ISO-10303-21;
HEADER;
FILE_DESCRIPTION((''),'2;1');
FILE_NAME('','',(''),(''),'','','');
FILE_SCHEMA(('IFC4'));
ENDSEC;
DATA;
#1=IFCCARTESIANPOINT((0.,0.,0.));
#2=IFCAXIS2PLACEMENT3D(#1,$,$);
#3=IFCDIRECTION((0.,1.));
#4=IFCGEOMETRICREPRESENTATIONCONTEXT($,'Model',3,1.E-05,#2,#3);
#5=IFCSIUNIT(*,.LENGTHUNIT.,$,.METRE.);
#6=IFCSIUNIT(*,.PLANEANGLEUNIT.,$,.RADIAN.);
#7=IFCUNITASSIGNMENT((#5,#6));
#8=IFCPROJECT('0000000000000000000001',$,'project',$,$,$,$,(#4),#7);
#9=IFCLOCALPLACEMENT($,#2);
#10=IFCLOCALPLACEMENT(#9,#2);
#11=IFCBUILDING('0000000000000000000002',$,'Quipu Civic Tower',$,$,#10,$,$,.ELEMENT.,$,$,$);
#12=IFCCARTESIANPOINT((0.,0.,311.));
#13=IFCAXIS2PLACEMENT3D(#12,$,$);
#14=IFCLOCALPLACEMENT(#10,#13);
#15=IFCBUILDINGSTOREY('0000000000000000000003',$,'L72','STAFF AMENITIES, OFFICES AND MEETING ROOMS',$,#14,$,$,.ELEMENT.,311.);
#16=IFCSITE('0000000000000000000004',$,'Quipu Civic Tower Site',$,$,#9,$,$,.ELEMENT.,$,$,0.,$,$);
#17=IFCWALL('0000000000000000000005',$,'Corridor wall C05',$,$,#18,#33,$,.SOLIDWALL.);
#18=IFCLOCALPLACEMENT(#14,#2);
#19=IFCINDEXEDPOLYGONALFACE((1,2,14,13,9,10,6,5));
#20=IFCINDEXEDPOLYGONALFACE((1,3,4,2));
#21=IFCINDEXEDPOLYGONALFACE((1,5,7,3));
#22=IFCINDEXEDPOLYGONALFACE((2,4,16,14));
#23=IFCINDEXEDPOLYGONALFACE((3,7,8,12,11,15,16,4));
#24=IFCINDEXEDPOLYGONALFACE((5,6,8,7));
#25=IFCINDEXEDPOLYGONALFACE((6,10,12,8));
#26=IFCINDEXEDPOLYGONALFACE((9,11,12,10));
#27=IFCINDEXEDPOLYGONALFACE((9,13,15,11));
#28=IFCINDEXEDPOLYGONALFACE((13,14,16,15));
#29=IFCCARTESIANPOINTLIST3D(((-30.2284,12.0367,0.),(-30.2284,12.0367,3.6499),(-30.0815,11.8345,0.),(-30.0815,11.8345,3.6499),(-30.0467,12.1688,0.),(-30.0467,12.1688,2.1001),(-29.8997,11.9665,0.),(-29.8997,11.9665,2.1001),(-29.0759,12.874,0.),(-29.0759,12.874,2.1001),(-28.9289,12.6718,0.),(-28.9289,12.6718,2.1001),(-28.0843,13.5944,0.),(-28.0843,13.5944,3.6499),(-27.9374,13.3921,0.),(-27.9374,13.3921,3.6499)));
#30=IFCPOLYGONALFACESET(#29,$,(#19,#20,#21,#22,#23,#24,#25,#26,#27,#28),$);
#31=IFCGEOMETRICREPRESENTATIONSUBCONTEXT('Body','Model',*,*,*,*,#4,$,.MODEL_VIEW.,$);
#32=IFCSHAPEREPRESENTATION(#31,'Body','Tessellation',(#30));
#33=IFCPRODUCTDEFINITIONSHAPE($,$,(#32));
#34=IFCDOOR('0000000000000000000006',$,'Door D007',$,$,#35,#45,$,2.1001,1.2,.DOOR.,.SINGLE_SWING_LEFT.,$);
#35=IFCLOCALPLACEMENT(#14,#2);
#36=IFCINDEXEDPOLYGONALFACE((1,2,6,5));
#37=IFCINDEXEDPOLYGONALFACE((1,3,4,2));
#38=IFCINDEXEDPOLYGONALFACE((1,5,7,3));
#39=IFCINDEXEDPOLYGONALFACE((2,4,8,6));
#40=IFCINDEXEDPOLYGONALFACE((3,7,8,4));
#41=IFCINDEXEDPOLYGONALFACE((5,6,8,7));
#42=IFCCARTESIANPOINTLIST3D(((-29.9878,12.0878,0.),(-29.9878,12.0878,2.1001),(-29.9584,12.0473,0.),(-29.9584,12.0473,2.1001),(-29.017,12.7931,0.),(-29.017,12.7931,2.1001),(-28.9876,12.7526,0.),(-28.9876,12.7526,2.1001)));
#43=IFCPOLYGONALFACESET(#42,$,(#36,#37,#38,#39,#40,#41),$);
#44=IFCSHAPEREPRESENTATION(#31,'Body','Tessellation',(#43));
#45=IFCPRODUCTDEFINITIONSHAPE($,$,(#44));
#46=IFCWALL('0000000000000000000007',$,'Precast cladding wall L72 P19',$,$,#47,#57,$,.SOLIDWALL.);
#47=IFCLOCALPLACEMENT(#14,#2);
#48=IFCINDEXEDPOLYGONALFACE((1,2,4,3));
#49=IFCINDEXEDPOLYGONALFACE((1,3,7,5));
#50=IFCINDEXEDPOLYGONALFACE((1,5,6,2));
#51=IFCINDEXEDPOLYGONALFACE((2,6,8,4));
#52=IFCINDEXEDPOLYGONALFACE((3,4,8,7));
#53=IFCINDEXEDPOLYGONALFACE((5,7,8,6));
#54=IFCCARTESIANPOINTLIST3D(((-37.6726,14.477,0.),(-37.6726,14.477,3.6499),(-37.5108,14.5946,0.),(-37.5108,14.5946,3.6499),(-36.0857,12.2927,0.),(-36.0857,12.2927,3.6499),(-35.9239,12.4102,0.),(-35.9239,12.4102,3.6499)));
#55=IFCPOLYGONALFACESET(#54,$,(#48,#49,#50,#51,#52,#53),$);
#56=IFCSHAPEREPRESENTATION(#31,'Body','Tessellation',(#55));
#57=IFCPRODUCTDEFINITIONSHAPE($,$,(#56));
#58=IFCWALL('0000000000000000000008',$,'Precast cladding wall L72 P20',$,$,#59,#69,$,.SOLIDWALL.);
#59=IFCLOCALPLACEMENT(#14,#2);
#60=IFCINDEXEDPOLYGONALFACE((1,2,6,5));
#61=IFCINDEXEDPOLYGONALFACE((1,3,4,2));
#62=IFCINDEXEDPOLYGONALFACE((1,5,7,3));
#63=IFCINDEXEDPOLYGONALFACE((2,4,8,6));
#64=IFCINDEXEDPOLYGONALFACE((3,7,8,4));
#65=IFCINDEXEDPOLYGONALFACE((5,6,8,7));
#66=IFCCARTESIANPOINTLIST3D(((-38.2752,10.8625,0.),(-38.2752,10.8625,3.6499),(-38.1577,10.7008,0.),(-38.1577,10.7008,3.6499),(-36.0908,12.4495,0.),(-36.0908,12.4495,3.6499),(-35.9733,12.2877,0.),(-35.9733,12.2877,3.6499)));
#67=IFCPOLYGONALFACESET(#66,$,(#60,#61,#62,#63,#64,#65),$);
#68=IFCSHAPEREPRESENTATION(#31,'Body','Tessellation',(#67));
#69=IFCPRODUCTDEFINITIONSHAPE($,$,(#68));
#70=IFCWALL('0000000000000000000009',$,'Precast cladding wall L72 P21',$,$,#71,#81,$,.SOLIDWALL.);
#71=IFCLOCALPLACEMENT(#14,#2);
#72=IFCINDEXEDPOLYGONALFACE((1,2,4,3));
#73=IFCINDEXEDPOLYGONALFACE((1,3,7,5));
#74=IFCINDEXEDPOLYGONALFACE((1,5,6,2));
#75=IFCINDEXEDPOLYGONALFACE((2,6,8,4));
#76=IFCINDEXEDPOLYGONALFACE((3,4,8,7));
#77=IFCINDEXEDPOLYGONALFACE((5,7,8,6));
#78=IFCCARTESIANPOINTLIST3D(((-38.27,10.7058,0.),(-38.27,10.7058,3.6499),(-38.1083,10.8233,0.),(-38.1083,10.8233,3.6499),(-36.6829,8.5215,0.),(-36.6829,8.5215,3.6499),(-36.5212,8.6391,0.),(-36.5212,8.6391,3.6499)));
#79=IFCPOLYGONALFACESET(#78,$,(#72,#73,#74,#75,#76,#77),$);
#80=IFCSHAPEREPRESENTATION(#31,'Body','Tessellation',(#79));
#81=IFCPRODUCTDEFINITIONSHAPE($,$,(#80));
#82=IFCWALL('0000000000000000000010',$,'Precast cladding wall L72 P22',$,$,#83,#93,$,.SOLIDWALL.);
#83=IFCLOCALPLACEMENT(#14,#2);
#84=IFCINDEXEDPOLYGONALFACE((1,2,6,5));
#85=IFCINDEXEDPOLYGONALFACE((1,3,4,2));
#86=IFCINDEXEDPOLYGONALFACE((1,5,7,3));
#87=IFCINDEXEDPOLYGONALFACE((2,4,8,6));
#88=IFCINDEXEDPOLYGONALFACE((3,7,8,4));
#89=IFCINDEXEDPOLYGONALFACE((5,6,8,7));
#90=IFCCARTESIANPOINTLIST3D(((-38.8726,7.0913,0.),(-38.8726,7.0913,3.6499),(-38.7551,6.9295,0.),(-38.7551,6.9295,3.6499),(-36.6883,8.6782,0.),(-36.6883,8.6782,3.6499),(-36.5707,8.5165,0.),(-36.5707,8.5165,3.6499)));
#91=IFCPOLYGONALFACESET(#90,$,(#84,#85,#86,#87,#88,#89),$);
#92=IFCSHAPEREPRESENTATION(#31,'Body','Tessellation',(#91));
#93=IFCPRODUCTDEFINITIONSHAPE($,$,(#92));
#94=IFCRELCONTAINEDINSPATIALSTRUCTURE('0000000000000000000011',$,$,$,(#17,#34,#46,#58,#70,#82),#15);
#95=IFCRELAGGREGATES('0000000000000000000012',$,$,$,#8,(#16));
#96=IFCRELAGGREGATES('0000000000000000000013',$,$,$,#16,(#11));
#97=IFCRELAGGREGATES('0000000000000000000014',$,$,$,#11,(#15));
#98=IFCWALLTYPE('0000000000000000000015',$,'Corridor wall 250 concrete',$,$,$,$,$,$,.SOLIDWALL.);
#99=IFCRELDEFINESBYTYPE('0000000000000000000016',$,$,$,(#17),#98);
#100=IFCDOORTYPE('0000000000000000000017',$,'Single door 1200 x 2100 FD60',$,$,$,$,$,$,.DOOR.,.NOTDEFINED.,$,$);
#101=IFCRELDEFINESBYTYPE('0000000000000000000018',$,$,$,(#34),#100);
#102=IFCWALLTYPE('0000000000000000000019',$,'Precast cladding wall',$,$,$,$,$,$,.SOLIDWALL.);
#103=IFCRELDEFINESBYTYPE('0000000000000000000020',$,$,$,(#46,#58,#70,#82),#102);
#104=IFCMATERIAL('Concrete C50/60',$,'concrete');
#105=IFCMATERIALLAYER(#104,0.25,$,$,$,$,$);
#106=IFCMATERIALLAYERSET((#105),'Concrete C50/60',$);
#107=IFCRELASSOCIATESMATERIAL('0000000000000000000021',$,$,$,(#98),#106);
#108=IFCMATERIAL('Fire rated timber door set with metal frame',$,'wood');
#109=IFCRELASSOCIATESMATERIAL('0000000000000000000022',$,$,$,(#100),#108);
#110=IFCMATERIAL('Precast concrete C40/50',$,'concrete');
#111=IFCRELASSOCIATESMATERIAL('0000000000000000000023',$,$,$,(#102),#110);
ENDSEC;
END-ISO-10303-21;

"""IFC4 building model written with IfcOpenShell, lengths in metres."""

from ifc_helpers import new_model, si_unit, direction, frame, frame_2d, origin, place, context, subcontext, project, spatial, rectangle, extrude, material, layer, layer_set, type_object, element, fill, save


model = new_model("IFC4")

# Units and contexts
model_context = context("Model", 3, precision=1e-05, world=origin(), true_north=direction((0.0, 1.0)))
body_context = subcontext(model_context, "Body", "Model", "MODEL_VIEW")
ifc_project = project(units=[si_unit("LENGTHUNIT", "METRE"), si_unit("PLANEANGLEUNIT", "RADIAN")], contexts=[model_context])

# Site, building, storey
site_placement = place(None, origin())
site = spatial("IfcSite", under=ifc_project, at=site_placement, Name="Quipu Civic Tower Site", CompositionType="ELEMENT", RefElevation=0.0)
building_placement = place(site_placement, origin())
building = spatial("IfcBuilding", under=site, at=building_placement, Name="Quipu Civic Tower", CompositionType="ELEMENT")
storey_placement = place(building_placement, frame((0.0, 0.0, 311.0)))
storey = spatial("IfcBuildingStorey", under=building, at=storey_placement, Name="L72", Description="STAFF AMENITIES, OFFICES AND MEETING ROOMS", CompositionType="ELEMENT", Elevation=311.0)

# Wall, opening, door
ifc_material_1 = material(Name="Concrete C50/60", Category="concrete")
ifc_layer_1 = layer(ifc_material_1, 0.25)
ifc_layer_set_1 = layer_set([ifc_layer_1], Name="Concrete C50/60")
wall_type_1 = type_object("IfcWallType", Name="Corridor wall 250 concrete", PredefinedType="SOLIDWALL", material=ifc_layer_set_1)
wall_placement = place(storey_placement, frame((-30.155, 11.9355, 0.0), z_axis=(0.0, 0.0, 1.0), x_axis=(0.809039, 0.587755, 0.0)))
wall = element("IfcWall", 1, at=wall_placement, inside=storey, type_object=wall_type_1, Name="Corridor wall C05", PredefinedType="SOLIDWALL", context=body_context, shape_type="SweptSolid", body=[
    extrude(rectangle(XDim=2.6501, YDim=0.25, at=frame_2d((1.3252, 0.0))), origin(), (0.0, 0.0, 1.0), 3.6499),
])
opening_placement = place(wall_placement, frame((0.2246, 0.0, 0.0)))
opening = element("IfcOpeningElement", 2, at=opening_placement, cuts=wall, PredefinedType="OPENING", context=body_context, shape_type="SweptSolid", body=[
    extrude(rectangle(XDim=1.2, YDim=2.1001, at=frame_2d((0.6001, 1.05))), frame((0.0, 0.135, 0.0), z_axis=(0.0, -1.0, 0.0), x_axis=(1.0, 0.0, 0.0)), (0.0, 0.0, 1.0), 0.27),
])
ifc_material_2 = material(Name="Fire rated timber door set with metal frame", Category="wood")
door_type = type_object("IfcDoorType", Name="Single door 1200 x 2100 FD60", OperationType="NOTDEFINED", PredefinedType="DOOR", material=ifc_material_2)
door_placement = place(opening_placement, origin())
door = element("IfcDoor", 3, at=door_placement, inside=storey, type_object=door_type, Name="Door D007", OperationType="SINGLE_SWING_LEFT", OverallHeight=2.1001, OverallWidth=1.2, PredefinedType="DOOR", context=body_context, shape_type="SweptSolid", body=[
    extrude(rectangle(XDim=1.2, YDim=2.1001, at=frame_2d((0.6001, 1.05))), frame((0.0, 0.0249, 0.0), z_axis=(0.0, -1.0, 0.0), x_axis=(1.0, 0.0, 0.0)), (0.0, 0.0, 1.0), 0.05),
])
fill(opening, door)

# Walls
ifc_material_3 = material(Name="Precast concrete C40/50", Category="concrete")
wall_type_2 = type_object("IfcWallType", Name="Precast cladding wall", PredefinedType="SOLIDWALL", material=ifc_material_3)
for number, where, z_axis, x_axis, name in (
    (4, (-37.5918, 14.5359, 0.0), (0.0, 0.0, 1.0), (0.587763, -0.809033, 0.0), "Precast cladding wall L72 P19"),
    (5, (-36.032, 12.3687, 0.0), (0.0, 0.0, 1.0), (-0.809033, -0.587763, 0.0), "Precast cladding wall L72 P20"),
    (6, (-38.1892, 10.7646, 0.0), (0.0, 0.0, 1.0), (0.587822, -0.80899, 0.0), "Precast cladding wall L72 P21"),
    (7, (-36.6294, 8.5974, 0.0), (0.0, 0.0, 1.0), (-0.809033, -0.587763, 0.0), "Precast cladding wall L72 P22"),
):
    element("IfcWall", number, at=place(storey_placement, frame(where, z_axis=z_axis, x_axis=x_axis)), inside=storey, type_object=wall_type_2, Name=name, PredefinedType="SOLIDWALL", context=body_context, shape_type="SweptSolid", body=[
        extrude(rectangle(XDim=2.7, YDim=0.2, at=frame_2d((1.3501, 0.0))), origin(), (0.0, 0.0, 1.0), 3.6499),
    ])

save(model, "model.ifc")
